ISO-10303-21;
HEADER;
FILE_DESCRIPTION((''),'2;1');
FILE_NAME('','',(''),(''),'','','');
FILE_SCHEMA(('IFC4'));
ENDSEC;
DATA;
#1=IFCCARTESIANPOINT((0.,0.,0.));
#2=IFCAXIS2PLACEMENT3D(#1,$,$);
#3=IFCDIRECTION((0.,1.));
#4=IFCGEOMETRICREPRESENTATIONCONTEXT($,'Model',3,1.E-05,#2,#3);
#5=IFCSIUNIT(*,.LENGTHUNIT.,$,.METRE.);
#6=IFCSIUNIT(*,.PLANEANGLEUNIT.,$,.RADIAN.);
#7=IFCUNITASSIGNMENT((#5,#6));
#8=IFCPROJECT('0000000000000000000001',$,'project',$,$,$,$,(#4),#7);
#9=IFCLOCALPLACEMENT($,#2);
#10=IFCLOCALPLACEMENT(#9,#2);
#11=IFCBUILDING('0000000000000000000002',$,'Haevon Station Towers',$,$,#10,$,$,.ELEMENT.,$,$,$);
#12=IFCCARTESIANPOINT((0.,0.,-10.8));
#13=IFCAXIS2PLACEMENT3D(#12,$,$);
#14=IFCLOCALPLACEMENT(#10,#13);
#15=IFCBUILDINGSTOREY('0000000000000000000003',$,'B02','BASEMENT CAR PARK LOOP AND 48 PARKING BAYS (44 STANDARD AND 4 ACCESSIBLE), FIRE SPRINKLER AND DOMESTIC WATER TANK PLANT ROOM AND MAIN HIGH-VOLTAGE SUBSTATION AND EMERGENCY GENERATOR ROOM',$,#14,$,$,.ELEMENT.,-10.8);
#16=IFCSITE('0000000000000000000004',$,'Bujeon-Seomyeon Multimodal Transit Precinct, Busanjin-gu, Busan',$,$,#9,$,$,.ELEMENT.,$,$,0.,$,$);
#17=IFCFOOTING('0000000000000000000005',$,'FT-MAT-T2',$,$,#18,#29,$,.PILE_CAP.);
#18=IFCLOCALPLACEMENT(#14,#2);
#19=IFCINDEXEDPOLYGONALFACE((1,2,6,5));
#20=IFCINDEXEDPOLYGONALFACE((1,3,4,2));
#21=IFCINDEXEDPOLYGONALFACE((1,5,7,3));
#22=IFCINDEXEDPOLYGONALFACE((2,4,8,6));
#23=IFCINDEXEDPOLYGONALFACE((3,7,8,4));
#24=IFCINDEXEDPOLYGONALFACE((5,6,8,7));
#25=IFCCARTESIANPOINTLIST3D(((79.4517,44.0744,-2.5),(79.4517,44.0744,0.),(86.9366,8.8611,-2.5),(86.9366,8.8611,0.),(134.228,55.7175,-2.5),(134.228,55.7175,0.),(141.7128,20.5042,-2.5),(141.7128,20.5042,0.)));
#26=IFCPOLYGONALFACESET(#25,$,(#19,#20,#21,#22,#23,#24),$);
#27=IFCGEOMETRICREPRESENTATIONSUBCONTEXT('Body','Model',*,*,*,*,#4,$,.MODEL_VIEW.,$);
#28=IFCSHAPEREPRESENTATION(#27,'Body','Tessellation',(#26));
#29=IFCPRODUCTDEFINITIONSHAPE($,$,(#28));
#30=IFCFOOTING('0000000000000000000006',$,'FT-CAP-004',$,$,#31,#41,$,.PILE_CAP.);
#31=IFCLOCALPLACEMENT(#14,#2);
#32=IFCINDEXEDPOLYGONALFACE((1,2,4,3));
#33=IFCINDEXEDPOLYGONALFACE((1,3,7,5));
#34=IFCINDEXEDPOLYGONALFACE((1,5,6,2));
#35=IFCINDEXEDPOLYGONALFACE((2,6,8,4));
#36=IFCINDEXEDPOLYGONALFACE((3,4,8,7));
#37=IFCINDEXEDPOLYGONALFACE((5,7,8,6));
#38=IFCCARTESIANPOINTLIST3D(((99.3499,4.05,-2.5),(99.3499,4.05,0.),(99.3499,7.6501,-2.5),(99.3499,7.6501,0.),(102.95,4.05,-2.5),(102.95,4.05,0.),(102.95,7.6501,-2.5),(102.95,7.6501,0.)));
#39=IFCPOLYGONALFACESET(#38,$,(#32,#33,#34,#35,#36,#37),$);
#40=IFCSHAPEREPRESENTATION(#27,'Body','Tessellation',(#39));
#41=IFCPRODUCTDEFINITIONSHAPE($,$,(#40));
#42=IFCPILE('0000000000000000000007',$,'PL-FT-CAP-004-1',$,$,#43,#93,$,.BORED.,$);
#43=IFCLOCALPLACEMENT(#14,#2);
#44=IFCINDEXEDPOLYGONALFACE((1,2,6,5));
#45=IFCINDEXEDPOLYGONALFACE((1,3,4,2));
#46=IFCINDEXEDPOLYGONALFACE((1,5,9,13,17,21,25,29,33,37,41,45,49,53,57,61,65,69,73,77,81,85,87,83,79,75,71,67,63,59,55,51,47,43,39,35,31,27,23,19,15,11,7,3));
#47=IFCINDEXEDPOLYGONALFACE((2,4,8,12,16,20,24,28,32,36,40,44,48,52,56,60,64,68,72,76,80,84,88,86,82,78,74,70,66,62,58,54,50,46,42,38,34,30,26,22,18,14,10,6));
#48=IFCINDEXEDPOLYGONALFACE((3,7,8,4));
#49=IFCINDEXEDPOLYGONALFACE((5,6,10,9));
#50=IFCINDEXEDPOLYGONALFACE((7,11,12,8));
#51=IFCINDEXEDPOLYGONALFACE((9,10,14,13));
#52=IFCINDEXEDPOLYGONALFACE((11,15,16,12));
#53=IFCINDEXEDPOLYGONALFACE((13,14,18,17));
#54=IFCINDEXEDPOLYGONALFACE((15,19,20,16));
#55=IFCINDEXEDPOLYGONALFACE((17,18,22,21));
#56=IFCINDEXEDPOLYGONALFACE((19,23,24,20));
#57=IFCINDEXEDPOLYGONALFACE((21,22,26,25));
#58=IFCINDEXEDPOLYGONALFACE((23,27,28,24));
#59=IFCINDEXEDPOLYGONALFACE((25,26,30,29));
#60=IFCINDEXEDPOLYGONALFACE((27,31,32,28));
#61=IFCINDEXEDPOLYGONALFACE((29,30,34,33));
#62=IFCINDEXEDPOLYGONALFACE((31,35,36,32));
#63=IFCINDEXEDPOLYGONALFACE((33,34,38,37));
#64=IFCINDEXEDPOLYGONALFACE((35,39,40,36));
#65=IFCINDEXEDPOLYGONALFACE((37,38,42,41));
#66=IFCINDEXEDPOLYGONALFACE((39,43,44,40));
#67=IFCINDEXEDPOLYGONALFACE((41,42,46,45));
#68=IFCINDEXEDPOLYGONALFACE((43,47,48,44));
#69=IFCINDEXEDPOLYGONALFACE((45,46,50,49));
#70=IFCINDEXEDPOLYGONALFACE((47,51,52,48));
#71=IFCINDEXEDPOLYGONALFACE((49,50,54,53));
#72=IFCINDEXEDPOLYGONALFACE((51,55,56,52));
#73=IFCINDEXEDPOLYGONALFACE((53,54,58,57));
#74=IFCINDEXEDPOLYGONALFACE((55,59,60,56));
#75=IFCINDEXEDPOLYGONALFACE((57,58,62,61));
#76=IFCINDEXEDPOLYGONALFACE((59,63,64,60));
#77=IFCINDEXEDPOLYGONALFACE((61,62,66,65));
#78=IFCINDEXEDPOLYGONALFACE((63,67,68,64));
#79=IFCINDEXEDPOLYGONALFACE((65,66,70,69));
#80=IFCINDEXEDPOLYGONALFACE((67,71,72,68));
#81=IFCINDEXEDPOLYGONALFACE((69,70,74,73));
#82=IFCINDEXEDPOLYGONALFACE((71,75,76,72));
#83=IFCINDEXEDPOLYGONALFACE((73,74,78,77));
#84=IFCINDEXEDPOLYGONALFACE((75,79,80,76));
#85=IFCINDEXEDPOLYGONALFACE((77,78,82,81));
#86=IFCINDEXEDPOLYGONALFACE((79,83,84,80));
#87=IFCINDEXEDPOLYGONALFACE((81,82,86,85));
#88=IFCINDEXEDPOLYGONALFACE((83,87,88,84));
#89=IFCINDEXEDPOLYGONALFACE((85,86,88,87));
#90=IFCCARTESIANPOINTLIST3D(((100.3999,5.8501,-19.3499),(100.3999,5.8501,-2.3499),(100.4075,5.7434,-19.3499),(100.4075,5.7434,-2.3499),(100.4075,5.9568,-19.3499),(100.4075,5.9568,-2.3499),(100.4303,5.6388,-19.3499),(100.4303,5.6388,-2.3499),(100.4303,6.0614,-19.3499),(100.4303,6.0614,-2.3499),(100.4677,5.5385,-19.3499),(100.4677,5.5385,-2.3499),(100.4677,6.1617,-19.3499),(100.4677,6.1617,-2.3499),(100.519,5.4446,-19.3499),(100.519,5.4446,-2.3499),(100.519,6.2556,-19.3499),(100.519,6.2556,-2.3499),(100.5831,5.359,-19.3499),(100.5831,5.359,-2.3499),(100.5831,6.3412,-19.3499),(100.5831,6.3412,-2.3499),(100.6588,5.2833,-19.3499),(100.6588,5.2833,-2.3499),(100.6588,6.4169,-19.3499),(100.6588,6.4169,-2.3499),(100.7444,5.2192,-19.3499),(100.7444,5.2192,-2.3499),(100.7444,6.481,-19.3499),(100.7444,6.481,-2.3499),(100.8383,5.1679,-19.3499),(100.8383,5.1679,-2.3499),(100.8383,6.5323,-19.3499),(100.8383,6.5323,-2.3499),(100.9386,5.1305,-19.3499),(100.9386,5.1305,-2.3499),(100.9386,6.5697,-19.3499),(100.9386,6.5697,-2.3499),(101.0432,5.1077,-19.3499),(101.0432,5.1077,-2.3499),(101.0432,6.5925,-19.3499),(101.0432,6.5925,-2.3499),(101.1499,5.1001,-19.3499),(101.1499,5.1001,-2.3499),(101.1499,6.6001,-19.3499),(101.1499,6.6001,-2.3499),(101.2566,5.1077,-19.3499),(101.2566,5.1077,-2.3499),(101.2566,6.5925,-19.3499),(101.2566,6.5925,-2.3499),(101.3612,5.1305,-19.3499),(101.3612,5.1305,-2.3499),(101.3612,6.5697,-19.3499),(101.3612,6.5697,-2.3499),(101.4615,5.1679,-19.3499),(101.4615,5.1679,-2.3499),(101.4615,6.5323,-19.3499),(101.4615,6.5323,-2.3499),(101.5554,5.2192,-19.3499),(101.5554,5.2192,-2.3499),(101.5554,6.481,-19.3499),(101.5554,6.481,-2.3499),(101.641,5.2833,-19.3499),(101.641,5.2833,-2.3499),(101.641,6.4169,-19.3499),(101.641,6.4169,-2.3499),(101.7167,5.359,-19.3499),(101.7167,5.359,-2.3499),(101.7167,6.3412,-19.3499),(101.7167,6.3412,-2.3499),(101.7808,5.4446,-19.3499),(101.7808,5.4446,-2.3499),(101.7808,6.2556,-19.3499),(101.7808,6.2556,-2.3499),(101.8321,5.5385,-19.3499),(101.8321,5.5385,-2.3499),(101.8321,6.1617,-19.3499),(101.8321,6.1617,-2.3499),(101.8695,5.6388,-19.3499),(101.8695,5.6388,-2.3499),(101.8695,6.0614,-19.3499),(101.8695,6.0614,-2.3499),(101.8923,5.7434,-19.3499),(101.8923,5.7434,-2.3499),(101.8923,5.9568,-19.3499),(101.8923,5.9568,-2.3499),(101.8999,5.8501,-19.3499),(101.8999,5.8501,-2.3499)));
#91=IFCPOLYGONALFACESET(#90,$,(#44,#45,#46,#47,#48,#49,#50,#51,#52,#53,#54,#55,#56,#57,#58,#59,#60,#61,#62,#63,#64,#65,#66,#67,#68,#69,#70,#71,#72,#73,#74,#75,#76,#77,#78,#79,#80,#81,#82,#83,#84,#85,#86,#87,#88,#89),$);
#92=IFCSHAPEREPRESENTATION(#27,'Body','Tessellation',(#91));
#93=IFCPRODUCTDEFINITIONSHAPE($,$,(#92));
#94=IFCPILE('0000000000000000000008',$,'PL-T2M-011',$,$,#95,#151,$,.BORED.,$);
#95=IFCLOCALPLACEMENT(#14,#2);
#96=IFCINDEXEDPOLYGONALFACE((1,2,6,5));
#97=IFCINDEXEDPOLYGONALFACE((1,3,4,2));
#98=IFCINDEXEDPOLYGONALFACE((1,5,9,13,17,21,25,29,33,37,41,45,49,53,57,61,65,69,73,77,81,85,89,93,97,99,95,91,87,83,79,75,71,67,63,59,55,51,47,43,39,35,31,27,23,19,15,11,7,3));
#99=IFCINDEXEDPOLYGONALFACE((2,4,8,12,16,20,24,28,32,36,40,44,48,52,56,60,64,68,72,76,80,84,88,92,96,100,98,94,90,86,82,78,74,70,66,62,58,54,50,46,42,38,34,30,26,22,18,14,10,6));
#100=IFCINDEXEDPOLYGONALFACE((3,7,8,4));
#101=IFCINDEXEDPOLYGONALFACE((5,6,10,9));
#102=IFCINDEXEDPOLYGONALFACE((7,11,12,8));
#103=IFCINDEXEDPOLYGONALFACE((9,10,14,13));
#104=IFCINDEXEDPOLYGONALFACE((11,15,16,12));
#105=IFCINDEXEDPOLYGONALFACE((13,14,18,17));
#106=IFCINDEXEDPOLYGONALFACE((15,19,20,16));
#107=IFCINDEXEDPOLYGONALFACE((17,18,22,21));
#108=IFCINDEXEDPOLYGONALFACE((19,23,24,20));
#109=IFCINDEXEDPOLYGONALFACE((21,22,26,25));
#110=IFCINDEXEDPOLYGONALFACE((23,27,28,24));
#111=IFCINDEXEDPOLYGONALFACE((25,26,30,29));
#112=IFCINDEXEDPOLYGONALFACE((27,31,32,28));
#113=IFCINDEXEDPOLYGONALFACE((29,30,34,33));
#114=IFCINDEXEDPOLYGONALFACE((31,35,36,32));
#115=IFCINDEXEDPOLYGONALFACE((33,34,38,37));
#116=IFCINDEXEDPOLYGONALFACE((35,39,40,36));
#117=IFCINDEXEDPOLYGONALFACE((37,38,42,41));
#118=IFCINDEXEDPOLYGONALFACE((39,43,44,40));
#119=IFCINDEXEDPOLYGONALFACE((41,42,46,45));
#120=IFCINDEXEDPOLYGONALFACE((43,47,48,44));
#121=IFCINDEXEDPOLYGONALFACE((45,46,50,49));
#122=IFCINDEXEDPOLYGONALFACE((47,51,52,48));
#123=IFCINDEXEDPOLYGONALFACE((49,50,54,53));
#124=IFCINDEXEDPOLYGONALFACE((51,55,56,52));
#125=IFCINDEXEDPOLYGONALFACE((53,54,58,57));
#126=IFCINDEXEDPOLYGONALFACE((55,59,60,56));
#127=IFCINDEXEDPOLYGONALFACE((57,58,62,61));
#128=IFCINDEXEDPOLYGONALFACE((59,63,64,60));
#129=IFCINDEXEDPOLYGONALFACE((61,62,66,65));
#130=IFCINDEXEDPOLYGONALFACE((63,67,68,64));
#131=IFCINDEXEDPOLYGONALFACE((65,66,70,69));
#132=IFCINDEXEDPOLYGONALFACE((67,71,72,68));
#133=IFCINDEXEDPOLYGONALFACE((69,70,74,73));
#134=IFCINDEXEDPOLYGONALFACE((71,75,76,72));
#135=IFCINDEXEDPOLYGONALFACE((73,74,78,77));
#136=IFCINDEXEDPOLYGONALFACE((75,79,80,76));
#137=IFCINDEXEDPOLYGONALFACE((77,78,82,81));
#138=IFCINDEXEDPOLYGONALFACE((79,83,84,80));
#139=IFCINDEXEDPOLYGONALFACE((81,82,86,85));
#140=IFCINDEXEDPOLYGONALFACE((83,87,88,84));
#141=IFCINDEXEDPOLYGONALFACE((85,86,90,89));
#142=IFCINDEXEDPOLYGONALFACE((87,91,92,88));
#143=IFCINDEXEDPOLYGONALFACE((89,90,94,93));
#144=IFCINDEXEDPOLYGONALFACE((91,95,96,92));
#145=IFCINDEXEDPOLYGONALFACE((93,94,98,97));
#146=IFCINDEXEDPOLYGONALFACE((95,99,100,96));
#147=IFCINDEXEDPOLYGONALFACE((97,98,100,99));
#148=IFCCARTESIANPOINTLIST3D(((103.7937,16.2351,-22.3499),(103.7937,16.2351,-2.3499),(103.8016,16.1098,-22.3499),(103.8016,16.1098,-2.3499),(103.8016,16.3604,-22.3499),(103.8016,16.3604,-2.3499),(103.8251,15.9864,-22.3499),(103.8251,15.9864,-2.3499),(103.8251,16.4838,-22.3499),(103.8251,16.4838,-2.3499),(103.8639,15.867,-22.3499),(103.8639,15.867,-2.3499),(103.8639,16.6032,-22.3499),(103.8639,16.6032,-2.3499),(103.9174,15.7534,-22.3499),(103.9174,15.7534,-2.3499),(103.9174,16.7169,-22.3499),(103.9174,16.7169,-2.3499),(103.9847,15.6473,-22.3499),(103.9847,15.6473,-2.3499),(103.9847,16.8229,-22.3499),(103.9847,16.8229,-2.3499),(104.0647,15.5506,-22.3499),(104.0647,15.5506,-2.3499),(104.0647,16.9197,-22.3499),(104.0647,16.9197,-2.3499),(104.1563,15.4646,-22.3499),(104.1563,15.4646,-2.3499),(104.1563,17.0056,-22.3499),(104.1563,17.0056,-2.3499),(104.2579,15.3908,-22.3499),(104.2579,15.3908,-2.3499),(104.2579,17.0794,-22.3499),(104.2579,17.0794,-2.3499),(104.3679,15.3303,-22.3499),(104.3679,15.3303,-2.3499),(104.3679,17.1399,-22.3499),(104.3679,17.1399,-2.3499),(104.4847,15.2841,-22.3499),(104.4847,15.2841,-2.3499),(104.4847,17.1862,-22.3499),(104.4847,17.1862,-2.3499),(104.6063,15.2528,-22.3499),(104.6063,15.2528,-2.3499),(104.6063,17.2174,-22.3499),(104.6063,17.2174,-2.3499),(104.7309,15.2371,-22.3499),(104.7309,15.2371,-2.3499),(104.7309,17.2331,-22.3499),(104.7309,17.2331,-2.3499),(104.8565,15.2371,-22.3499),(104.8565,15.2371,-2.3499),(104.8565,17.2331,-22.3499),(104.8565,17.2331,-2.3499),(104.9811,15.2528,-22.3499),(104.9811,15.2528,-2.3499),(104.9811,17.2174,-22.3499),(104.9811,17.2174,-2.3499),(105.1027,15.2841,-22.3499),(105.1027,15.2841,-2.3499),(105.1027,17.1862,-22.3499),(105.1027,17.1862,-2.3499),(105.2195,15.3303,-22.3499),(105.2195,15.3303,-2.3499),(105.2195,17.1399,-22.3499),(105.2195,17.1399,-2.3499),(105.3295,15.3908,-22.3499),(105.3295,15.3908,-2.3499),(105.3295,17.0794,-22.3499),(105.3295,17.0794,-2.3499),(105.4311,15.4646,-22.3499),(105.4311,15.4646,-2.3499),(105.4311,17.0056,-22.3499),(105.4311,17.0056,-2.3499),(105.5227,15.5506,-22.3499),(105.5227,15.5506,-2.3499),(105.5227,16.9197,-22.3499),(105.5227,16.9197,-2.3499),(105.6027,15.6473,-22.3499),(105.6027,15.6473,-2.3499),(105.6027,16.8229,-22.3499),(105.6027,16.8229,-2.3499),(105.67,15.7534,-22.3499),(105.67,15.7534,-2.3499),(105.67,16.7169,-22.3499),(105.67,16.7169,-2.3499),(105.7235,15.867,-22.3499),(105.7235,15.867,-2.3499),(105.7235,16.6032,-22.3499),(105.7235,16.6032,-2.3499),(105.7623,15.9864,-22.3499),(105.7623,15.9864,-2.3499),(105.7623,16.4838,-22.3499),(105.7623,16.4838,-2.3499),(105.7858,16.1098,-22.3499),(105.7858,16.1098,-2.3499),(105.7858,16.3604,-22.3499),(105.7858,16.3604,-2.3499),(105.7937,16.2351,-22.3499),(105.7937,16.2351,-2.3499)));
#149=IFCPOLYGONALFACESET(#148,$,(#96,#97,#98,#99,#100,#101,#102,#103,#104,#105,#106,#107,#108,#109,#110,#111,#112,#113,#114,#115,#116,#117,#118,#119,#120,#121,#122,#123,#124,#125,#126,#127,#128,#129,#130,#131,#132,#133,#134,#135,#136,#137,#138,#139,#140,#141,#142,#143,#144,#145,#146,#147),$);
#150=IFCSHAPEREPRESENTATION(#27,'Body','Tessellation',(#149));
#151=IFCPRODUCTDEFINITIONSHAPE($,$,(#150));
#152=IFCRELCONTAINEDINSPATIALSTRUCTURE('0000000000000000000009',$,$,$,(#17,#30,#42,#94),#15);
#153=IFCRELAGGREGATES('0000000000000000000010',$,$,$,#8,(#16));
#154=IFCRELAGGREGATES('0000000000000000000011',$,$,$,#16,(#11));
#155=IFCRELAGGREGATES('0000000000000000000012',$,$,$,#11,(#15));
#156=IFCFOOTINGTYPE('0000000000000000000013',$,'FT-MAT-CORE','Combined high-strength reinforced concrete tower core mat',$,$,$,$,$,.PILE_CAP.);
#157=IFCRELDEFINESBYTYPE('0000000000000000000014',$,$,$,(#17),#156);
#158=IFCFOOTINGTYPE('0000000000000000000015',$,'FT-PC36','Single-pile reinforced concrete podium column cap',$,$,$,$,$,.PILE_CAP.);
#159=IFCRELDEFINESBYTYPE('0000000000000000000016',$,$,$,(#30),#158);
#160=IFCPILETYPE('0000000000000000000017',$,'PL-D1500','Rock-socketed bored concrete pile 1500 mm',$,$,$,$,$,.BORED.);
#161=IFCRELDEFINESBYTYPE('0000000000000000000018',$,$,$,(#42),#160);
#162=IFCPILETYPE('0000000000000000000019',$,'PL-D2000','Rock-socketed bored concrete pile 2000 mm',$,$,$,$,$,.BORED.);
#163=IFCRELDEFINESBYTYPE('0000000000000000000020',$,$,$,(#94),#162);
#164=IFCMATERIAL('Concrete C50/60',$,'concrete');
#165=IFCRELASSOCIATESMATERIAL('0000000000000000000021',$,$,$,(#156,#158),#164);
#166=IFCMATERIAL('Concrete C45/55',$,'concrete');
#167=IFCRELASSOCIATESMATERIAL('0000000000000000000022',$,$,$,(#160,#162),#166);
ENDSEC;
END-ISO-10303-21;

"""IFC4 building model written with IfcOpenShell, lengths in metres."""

from ifc_helpers import new_model, si_unit, direction, frame, origin, origin_2d, place, context, subcontext, project, spatial, rectangle, circle, extrude, material, material_profile, profile_set, type_object, element, save


model = new_model("IFC4")

# Units and contexts
model_context = context("Model", 3, precision=1e-05, world=origin(), true_north=direction((0.0, 1.0)))
body_context = subcontext(model_context, "Body", "Model", "MODEL_VIEW")
ifc_project = project(units=[si_unit("LENGTHUNIT", "METRE"), si_unit("PLANEANGLEUNIT", "RADIAN")], contexts=[model_context])

# Site, building, storey
site_placement = place(None, origin())
site = spatial("IfcSite", under=ifc_project, at=site_placement, Name="Bujeon-Seomyeon Multimodal Transit Precinct, Busanjin-gu, Busan", CompositionType="ELEMENT", RefElevation=0.0)
building_placement = place(site_placement, origin())
building = spatial("IfcBuilding", under=site, at=building_placement, Name="Haevon Station Towers", CompositionType="ELEMENT")
storey_placement = place(building_placement, frame((0.0, 0.0, -10.8)))
storey = spatial("IfcBuildingStorey", under=building, at=storey_placement, Name="B02", Description="BASEMENT CAR PARK LOOP AND 48 PARKING BAYS (44 STANDARD AND 4 ACCESSIBLE), FIRE SPRINKLER AND DOMESTIC WATER TANK PLANT ROOM AND MAIN HIGH-VOLTAGE SUBSTATION AND EMERGENCY GENERATOR ROOM", CompositionType="ELEMENT", Elevation=-10.8)

# Footings
ifc_material_1 = material(Name="Concrete C50/60", Category="concrete")
footing_type_1 = type_object("IfcFootingType", Name="FT-MAT-CORE", Description="Combined high-strength reinforced concrete tower core mat", PredefinedType="PILE_CAP", material=ifc_material_1)
footing_1_placement = place(storey_placement, frame((110.5823, 32.2893, -2.5), z_axis=(0.0, 0.0, 1.0), x_axis=(0.978148, 0.207912, 0.0)))
element("IfcFooting", 1, at=footing_1_placement, inside=storey, type_object=footing_type_1, Name="FT-MAT-T2", PredefinedType="PILE_CAP", context=body_context, shape_type="SweptSolid", body=[
    extrude(rectangle(XDim=56.0, YDim=36.0, at=origin_2d()), origin(), (0.0, 0.0, 1.0), 2.5),
])
footing_type_2 = type_object("IfcFootingType", Name="FT-PC36", Description="Single-pile reinforced concrete podium column cap", PredefinedType="PILE_CAP", material=ifc_material_1)
footing_2_placement = place(storey_placement, frame((101.1499, 5.8501, -2.5), z_axis=(0.0, 0.0, 1.0), x_axis=(1.0, 0.0, 0.0)))
element("IfcFooting", 2, at=footing_2_placement, inside=storey, type_object=footing_type_2, Name="FT-CAP-004", PredefinedType="PILE_CAP", context=body_context, shape_type="SweptSolid", body=[
    extrude(rectangle(XDim=3.6001, YDim=3.6001, at=origin_2d()), origin(), (0.0, 0.0, 1.0), 2.5),
])

# Piles
ifc_material_2 = material(Name="Concrete C45/55", Category="concrete")
ifc_material_profile_1 = material_profile(ifc_material_2, circle(Radius=0.75, at=origin_2d()), Name="PILE-D1500")
ifc_profile_set_1 = profile_set([ifc_material_profile_1], Name="Concrete C45/55")
pile_type_1 = type_object("IfcPileType", Name="PL-D1500", Description="Rock-socketed bored concrete pile 1500 mm", PredefinedType="BORED", material=ifc_profile_set_1)
pile_placement = place(storey_placement, frame((101.1499, 5.8501, -2.3499), z_axis=(0.0, 0.0, -1.0), x_axis=(1.0, 0.0, 0.0)))
element("IfcPile", 3, at=pile_placement, inside=storey, type_object=pile_type_1, Name="PL-FT-CAP-004-1", PredefinedType="BORED", context=body_context, shape_type="SweptSolid", body=[
    extrude(circle(Radius=0.75, at=origin_2d()), origin(), (0.0, 0.0, 1.0), 17.0),
])
ifc_material_profile_2 = material_profile(ifc_material_2, circle(Radius=1.0, at=origin_2d()), Name="PILE-D2000")
ifc_profile_set_2 = profile_set([ifc_material_profile_2], Name="Concrete C45/55")
pile_type_2 = type_object("IfcPileType", Name="PL-D2000", Description="Rock-socketed bored concrete pile 2000 mm", PredefinedType="BORED", material=ifc_profile_set_2)
for number, where, z_axis, x_axis, name in (
    (4, (104.7937, 16.2351, -2.3499), (0.0, 0.0, -1.0), (1.0, 0.0, 0.0), "PL-T2M-011"),
):
    element("IfcPile", number, at=place(storey_placement, frame(where, z_axis=z_axis, x_axis=x_axis)), inside=storey, type_object=pile_type_2, Name=name, PredefinedType="BORED", context=body_context, shape_type="SweptSolid", body=[
        extrude(circle(Radius=1.0, at=origin_2d()), origin(), (0.0, 0.0, 1.0), 20.0),
    ])

save(model, "model.ifc")
